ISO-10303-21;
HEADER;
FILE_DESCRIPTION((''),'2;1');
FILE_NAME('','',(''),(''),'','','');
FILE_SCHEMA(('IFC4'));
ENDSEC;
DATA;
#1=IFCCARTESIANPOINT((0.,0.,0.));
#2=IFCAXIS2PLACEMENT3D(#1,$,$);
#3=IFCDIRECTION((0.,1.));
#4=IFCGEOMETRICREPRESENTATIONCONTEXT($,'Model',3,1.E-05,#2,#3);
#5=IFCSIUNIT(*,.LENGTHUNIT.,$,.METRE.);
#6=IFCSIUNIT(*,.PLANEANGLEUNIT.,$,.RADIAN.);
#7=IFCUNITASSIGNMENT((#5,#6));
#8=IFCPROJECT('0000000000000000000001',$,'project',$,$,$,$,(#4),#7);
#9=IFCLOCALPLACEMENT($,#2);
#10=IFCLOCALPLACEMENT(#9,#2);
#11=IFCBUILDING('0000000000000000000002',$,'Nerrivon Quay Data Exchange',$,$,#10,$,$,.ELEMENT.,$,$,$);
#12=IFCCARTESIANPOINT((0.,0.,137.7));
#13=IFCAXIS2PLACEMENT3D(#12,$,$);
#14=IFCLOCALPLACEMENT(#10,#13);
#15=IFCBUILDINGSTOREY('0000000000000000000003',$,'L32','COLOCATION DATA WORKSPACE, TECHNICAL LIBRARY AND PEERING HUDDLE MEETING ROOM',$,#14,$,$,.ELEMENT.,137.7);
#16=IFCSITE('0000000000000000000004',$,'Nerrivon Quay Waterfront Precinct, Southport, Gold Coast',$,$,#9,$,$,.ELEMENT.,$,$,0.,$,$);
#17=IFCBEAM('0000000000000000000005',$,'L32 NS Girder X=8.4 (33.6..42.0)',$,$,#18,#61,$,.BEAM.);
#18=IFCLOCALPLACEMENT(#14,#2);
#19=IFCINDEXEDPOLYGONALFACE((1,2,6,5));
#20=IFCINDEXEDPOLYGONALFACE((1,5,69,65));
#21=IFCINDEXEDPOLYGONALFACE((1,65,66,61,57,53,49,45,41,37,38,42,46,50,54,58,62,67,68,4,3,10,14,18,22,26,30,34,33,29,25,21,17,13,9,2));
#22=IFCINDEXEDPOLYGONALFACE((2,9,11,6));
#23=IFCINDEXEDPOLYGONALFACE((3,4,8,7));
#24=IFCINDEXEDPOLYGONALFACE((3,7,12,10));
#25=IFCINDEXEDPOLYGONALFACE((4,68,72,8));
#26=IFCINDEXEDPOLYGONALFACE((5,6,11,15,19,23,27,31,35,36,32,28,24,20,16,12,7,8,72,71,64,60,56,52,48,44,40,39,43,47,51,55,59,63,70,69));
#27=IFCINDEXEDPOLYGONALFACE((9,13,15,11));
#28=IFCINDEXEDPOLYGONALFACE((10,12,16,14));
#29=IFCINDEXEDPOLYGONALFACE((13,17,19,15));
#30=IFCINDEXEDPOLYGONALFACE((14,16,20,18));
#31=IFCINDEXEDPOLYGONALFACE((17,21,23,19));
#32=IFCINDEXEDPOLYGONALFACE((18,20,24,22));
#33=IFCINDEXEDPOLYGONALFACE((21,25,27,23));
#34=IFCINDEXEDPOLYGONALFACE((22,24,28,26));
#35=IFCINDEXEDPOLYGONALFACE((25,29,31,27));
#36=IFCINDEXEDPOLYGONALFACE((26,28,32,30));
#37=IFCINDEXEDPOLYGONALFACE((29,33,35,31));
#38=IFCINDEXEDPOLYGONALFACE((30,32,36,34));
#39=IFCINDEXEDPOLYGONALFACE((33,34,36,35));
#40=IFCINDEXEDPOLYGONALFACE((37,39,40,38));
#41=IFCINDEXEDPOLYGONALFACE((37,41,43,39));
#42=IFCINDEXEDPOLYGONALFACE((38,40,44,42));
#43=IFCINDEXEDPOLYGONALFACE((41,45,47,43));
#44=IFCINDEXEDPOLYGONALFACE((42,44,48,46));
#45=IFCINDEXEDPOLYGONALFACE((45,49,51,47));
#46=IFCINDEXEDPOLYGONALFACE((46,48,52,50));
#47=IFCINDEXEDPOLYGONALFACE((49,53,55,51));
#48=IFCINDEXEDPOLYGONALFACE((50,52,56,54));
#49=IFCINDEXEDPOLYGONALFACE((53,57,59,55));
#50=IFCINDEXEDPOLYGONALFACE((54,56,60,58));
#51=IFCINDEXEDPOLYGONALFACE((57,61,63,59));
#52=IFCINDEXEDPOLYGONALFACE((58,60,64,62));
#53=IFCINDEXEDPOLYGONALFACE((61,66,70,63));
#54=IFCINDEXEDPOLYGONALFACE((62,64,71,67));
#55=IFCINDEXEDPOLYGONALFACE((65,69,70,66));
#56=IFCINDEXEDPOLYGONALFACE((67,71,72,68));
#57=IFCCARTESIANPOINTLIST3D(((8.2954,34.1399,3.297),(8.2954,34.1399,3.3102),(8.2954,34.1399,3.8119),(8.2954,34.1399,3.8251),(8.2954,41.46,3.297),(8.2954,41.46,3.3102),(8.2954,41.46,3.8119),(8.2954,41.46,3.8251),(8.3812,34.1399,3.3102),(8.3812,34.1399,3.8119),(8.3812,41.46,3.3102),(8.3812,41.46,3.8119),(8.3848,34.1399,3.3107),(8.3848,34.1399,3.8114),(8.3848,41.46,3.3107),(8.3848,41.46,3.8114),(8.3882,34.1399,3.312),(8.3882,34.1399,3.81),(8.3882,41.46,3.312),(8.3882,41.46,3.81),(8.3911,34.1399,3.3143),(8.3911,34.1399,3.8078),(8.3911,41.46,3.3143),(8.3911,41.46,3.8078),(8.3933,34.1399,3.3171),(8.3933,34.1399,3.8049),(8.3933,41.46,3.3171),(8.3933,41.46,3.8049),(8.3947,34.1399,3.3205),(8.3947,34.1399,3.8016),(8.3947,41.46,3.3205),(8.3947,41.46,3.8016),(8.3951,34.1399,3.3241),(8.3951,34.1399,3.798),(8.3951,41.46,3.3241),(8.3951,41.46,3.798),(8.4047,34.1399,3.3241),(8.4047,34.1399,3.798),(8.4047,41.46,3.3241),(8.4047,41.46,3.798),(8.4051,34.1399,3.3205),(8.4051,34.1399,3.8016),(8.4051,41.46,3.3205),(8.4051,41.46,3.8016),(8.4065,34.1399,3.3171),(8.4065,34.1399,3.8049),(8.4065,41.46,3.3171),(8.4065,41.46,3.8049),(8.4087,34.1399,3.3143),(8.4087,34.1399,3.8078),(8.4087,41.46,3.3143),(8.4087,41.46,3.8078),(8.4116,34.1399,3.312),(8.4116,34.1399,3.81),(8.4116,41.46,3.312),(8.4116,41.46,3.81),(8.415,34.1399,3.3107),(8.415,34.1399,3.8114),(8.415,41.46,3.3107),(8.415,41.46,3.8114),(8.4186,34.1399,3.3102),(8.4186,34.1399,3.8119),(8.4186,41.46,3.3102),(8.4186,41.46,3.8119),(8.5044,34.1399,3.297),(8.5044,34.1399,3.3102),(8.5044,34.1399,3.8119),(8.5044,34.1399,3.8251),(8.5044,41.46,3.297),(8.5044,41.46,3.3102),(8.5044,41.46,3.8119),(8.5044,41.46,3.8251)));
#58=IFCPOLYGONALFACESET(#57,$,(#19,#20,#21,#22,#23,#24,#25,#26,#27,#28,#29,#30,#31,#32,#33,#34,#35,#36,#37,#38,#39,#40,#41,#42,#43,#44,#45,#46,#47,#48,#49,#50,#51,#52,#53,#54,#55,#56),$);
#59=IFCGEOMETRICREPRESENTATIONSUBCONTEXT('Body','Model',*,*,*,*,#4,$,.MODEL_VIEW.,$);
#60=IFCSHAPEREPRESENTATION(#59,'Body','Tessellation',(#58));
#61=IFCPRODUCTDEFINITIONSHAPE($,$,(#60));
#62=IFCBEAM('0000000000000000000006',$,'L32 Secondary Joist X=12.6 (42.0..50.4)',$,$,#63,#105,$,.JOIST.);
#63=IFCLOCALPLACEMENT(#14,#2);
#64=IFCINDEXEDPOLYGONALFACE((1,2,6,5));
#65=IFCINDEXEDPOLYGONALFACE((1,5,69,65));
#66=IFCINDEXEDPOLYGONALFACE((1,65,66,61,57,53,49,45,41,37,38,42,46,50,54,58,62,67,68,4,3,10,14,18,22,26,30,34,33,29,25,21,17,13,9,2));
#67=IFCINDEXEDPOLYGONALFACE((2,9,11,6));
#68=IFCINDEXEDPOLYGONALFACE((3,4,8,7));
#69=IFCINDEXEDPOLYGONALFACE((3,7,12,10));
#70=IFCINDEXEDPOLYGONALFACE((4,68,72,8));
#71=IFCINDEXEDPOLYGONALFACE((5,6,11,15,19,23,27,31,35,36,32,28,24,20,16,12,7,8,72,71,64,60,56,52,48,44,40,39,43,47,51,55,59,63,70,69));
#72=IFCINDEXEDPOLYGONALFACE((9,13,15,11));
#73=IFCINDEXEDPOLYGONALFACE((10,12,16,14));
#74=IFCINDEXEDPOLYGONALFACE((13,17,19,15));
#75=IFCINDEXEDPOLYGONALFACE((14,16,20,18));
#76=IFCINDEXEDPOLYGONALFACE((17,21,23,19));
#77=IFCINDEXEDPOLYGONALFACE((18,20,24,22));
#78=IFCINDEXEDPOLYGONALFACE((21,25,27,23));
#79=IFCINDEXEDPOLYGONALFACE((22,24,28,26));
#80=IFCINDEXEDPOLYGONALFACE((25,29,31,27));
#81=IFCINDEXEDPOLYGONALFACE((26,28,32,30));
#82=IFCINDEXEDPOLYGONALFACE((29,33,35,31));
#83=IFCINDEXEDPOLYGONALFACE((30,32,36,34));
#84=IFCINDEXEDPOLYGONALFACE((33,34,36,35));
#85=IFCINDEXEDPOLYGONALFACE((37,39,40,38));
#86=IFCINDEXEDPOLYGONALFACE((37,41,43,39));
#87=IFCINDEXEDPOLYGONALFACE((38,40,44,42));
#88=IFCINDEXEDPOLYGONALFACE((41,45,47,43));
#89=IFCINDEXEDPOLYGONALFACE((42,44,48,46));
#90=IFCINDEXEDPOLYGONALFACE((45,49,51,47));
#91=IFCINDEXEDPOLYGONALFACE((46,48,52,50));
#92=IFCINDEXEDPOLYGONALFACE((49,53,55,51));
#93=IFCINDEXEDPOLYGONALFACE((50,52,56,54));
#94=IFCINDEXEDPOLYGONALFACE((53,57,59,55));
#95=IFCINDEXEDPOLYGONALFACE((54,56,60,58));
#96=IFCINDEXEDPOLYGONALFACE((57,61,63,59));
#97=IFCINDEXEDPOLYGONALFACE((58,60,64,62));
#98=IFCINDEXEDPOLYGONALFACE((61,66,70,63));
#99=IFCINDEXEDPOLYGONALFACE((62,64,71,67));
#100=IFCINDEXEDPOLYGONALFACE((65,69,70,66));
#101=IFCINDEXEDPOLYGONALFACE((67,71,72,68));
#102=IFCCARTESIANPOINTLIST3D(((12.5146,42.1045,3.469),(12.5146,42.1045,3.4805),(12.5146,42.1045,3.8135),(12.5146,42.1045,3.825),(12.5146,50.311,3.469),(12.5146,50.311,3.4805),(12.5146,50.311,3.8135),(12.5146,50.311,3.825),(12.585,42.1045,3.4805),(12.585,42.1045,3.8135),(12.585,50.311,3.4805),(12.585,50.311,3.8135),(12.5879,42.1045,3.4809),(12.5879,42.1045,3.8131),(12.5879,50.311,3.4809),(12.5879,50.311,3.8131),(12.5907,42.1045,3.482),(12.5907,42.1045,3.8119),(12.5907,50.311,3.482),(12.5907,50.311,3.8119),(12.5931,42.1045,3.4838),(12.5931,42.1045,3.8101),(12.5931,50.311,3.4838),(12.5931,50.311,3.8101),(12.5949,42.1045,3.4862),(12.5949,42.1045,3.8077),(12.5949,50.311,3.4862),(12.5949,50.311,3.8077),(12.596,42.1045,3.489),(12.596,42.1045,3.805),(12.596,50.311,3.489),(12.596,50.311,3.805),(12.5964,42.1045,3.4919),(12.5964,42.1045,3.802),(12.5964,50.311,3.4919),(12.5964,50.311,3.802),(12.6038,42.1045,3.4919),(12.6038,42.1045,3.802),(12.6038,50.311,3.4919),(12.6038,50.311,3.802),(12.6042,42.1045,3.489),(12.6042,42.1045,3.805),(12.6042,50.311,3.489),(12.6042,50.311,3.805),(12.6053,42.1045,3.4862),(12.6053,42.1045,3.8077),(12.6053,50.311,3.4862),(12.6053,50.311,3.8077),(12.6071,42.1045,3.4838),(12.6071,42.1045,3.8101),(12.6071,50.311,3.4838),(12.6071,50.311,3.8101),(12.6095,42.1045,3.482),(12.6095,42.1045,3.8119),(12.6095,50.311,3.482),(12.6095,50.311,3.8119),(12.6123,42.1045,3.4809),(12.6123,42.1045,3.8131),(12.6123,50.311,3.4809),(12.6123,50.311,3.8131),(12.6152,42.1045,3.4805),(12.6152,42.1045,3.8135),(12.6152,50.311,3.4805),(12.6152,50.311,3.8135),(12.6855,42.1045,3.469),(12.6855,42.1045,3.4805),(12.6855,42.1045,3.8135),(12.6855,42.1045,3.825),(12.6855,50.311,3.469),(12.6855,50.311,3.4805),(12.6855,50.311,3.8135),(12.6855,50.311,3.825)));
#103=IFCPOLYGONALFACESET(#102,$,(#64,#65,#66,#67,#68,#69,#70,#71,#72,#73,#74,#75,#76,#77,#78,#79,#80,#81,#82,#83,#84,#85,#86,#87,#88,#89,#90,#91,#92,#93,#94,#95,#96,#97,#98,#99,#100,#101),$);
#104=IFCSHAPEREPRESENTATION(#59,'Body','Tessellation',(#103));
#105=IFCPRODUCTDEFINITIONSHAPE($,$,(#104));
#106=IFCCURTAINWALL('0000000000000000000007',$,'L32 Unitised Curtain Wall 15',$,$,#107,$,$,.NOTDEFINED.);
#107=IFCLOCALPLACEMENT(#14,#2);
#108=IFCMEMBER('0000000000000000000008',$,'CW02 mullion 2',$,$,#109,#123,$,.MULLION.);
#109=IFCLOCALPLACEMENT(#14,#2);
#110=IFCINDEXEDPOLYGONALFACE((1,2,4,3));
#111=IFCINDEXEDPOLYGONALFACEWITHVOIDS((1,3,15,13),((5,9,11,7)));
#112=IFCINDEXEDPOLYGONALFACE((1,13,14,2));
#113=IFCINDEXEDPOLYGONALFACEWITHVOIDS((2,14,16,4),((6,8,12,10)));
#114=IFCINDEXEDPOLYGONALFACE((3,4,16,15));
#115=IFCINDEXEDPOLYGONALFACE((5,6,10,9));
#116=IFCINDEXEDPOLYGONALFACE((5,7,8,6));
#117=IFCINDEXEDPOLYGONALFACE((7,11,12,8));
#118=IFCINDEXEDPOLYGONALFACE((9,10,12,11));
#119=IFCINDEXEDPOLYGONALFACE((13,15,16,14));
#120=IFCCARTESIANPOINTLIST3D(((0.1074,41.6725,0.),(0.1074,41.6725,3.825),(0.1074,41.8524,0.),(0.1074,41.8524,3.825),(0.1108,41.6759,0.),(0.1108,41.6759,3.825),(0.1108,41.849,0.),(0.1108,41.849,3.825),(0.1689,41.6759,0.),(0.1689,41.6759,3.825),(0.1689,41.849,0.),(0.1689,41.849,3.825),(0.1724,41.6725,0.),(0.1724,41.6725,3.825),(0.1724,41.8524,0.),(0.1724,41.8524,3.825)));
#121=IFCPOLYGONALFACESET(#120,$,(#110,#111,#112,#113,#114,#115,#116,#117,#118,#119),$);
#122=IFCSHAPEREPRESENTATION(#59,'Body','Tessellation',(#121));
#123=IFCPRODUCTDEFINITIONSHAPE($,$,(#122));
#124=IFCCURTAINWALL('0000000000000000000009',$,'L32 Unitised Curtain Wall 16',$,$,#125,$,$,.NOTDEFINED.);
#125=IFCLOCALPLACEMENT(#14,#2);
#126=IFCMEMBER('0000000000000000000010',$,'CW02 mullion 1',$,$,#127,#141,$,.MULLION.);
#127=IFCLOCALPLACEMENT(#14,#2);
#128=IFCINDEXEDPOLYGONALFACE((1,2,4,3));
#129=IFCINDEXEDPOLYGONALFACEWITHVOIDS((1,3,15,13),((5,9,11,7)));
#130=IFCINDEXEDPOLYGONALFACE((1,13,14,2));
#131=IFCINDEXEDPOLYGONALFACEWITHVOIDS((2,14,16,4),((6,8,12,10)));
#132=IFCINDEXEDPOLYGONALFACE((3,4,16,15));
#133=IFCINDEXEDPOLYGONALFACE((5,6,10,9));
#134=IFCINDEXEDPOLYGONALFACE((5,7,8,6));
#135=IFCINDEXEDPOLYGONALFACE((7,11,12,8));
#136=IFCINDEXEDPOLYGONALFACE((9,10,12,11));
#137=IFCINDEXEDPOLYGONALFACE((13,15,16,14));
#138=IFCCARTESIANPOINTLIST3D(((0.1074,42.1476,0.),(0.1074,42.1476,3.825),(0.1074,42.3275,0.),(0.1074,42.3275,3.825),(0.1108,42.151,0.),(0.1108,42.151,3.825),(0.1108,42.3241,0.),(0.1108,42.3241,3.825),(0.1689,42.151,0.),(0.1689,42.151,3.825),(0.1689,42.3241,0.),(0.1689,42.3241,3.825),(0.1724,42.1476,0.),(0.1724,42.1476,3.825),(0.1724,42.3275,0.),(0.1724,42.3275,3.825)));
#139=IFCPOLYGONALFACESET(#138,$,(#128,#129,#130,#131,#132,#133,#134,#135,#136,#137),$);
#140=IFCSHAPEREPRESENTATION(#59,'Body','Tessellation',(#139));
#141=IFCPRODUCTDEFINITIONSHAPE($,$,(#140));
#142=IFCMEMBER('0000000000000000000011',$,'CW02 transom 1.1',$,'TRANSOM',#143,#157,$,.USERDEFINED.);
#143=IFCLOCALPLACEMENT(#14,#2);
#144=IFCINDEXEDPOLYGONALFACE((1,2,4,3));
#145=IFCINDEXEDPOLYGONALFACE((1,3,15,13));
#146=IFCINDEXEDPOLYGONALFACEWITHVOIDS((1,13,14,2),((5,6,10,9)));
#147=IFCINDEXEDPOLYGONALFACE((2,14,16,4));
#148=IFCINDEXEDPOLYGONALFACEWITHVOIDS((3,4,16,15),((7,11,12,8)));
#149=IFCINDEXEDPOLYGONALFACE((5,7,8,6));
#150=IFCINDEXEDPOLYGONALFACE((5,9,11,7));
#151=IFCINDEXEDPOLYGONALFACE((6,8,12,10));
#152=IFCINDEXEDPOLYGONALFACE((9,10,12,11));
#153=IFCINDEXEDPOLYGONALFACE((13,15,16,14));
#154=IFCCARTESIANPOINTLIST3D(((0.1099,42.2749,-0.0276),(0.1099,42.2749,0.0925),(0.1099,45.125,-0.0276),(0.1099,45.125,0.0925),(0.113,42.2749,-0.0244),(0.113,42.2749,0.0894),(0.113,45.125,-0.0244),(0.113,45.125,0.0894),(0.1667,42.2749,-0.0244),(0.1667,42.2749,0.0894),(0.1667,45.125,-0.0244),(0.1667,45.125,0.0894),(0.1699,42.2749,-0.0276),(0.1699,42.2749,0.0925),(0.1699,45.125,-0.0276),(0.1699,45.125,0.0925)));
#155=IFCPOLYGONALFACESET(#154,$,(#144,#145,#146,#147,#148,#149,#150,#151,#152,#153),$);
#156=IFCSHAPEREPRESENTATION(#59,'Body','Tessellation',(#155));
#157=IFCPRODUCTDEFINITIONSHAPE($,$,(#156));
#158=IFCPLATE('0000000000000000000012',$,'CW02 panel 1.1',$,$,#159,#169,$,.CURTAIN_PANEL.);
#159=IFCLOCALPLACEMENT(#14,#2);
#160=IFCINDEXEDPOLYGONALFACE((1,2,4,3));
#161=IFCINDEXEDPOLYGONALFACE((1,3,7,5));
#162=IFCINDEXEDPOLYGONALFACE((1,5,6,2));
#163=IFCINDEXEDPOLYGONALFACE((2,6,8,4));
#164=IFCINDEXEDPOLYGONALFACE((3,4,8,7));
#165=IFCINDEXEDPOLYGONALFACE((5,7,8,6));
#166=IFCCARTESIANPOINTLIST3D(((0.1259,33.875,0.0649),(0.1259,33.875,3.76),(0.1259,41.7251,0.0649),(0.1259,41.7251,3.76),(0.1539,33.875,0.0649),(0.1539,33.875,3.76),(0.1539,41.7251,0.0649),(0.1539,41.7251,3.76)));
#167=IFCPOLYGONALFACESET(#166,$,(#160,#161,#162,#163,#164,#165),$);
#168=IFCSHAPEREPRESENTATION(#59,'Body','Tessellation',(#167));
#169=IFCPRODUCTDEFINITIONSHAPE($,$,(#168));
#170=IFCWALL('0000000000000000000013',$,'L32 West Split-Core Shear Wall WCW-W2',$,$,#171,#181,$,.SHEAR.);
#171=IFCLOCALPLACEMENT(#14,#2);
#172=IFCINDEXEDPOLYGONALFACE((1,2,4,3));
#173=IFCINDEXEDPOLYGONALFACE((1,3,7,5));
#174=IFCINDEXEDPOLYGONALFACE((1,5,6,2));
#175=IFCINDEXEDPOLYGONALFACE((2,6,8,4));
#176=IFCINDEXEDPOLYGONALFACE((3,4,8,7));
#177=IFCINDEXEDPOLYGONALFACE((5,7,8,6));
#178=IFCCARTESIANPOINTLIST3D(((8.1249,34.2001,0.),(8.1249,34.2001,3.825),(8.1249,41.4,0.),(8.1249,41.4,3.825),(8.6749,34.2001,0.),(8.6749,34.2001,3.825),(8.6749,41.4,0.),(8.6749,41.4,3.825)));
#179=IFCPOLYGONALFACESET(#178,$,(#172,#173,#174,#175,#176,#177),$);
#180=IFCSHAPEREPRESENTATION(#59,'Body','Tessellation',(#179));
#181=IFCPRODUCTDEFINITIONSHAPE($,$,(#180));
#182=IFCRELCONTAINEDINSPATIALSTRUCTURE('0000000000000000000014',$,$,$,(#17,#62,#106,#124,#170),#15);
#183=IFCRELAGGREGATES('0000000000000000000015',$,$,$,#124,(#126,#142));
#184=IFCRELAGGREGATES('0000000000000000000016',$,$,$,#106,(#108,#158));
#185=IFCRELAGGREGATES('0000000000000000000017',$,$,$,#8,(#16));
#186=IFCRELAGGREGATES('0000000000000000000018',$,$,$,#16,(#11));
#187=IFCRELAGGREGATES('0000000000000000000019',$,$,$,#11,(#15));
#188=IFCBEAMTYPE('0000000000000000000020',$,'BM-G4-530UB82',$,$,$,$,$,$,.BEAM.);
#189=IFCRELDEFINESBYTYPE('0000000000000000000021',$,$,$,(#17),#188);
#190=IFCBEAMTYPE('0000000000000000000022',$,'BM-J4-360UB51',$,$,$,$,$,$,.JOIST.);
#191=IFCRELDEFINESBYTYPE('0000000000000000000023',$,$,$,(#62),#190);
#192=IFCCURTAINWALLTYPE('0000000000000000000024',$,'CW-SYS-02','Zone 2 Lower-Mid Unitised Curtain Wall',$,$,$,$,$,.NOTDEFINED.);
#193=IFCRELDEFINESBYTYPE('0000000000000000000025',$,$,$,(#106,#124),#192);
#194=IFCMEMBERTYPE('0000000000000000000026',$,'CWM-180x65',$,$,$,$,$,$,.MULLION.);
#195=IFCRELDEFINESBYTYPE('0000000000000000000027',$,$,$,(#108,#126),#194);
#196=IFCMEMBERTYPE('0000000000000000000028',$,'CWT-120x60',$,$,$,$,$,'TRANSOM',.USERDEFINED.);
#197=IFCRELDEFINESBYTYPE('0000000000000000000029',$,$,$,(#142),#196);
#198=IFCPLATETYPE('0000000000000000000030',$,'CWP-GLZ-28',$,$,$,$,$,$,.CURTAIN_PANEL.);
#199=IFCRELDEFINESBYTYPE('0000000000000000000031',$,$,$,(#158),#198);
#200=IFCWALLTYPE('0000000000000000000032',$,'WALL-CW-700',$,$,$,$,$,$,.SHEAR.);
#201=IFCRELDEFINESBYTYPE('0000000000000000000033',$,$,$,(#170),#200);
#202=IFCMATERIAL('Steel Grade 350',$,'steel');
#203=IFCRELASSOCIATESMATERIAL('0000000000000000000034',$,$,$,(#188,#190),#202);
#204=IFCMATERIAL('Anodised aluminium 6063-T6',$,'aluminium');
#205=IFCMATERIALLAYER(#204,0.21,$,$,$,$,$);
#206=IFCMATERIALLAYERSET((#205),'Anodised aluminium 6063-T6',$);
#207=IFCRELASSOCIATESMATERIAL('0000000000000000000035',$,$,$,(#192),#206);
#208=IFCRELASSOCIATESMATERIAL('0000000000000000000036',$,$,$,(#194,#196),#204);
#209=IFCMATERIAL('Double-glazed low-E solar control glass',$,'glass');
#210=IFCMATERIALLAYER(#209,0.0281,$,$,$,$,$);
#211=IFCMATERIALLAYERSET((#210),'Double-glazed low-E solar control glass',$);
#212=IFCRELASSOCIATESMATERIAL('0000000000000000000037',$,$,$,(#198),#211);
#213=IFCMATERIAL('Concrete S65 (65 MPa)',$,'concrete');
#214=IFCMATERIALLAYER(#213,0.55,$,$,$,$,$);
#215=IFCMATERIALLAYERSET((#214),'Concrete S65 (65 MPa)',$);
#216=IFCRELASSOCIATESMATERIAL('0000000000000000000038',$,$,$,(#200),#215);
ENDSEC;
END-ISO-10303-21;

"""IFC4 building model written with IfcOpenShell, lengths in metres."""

from ifc_helpers import new_model, si_unit, direction, frame, frame_2d, origin, origin_2d, place, context, subcontext, project, spatial, rectangle, hollow_rectangle, i_section, extrude, material, layer, layer_set, material_profile, profile_set, type_object, element, aggregate, save


model = new_model("IFC4")

# Units and contexts
model_context = context("Model", 3, precision=1e-05, world=origin(), true_north=direction((0.0, 1.0)))
body_context = subcontext(model_context, "Body", "Model", "MODEL_VIEW")
ifc_project = project(units=[si_unit("LENGTHUNIT", "METRE"), si_unit("PLANEANGLEUNIT", "RADIAN")], contexts=[model_context])

# Site, building, storey
site_placement = place(None, origin())
site = spatial("IfcSite", under=ifc_project, at=site_placement, Name="Nerrivon Quay Waterfront Precinct, Southport, Gold Coast", CompositionType="ELEMENT", RefElevation=0.0)
building_placement = place(site_placement, origin())
building = spatial("IfcBuilding", under=site, at=building_placement, Name="Nerrivon Quay Data Exchange", CompositionType="ELEMENT")
storey_placement = place(building_placement, frame((0.0, 0.0, 137.7)))
storey = spatial("IfcBuildingStorey", under=building, at=storey_placement, Name="L32", Description="COLOCATION DATA WORKSPACE, TECHNICAL LIBRARY AND PEERING HUDDLE MEETING ROOM", CompositionType="ELEMENT", Elevation=137.7)

# Shared definitions
ifc_material_1 = material(Name="Concrete S65 (65 MPa)", Category="concrete")
ifc_material_2 = material(Name="Steel Grade 350", Category="steel")

# Beams
ifc_material_profile_1 = material_profile(ifc_material_2, i_section(OverallWidth=0.209, OverallDepth=0.5281, WebThickness=0.0095, FlangeThickness=0.0132, FilletRadius=0.0139, at=origin_2d()), Name="530UB82.0")
ifc_profile_set_1 = profile_set([ifc_material_profile_1], Name="Steel Grade 350")
beam_type_1 = type_object("IfcBeamType", Name="BM-G4-530UB82", PredefinedType="BEAM", material=ifc_profile_set_1)
beam_1_placement = place(storey_placement, frame((8.3999, 34.1399, 3.561), z_axis=(0.0, 1.0, 0.0), x_axis=(-1.0, 0.0, 0.0)))
element("IfcBeam", 1, at=beam_1_placement, inside=storey, type_object=beam_type_1, Name="L32 NS Girder X=8.4 (33.6..42.0)", PredefinedType="BEAM", context=body_context, shape_type="SweptSolid", body=[
    extrude(i_section(OverallWidth=0.209, OverallDepth=0.5281, WebThickness=0.0095, FlangeThickness=0.0132, FilletRadius=0.0139, at=origin_2d()), origin(), (0.0, 0.0, 1.0), 7.3201),
])
ifc_material_profile_2 = material_profile(ifc_material_2, i_section(OverallWidth=0.1709, OverallDepth=0.356, WebThickness=0.0073, FlangeThickness=0.0115, FilletRadius=0.0115, at=origin_2d()), Name="360UB50.7")
ifc_profile_set_2 = profile_set([ifc_material_profile_2], Name="Steel Grade 350")
beam_type_2 = type_object("IfcBeamType", Name="BM-J4-360UB51", PredefinedType="JOIST", material=ifc_profile_set_2)
beam_2_placement = place(storey_placement, frame((12.6001, 42.1045, 3.647), z_axis=(0.0, 1.0, 0.0), x_axis=(-1.0, 0.0, 0.0)))
element("IfcBeam", 2, at=beam_2_placement, inside=storey, type_object=beam_type_2, Name="L32 Secondary Joist X=12.6 (42.0..50.4)", PredefinedType="JOIST", context=body_context, shape_type="SweptSolid", body=[
    extrude(i_section(OverallWidth=0.1709, OverallDepth=0.356, WebThickness=0.0073, FlangeThickness=0.0115, FilletRadius=0.0115, at=origin_2d()), origin(), (0.0, 0.0, 1.0), 8.2065),
])

# Curtain wall, member
ifc_material_3 = material(Name="Anodised aluminium 6063-T6", Category="aluminium")
ifc_layer_1 = layer(ifc_material_3, 0.21)
ifc_layer_set_1 = layer_set([ifc_layer_1], Name="Anodised aluminium 6063-T6")
curtain_wall_type = type_object("IfcCurtainWallType", Name="CW-SYS-02", Description="Zone 2 Lower-Mid Unitised Curtain Wall", PredefinedType="NOTDEFINED", material=ifc_layer_set_1)
curtain_wall_1_placement = place(storey_placement, origin())
curtain_wall_1 = element("IfcCurtainWall", 3, at=curtain_wall_1_placement, inside=storey, type_object=curtain_wall_type, Name="L32 Unitised Curtain Wall 15", PredefinedType="NOTDEFINED")
ifc_material_profile_3 = material_profile(ifc_material_3, hollow_rectangle(XDim=0.0649, YDim=0.1799, WallThickness=0.0034, at=origin_2d()), Name="ALU-MULL-180x65")
ifc_profile_set_3 = profile_set([ifc_material_profile_3], Name="Anodised aluminium 6063-T6")
member_type_1 = type_object("IfcMemberType", Name="CWM-180x65", PredefinedType="MULLION", material=ifc_profile_set_3)
member_1_placement = place(storey_placement, frame((0.1399, 41.7625, 0.0), z_axis=(0.0, 0.0, 1.0), x_axis=(-1.0, 0.0, 0.0)))
member_1 = element("IfcMember", 4, at=member_1_placement, type_object=member_type_1, Name="CW02 mullion 2", PredefinedType="MULLION", context=body_context, shape_type="SweptSolid", body=[
    extrude(hollow_rectangle(XDim=0.0649, YDim=0.1799, WallThickness=0.0034, at=origin_2d()), origin(), (0.0, 0.0, 1.0), 3.825),
])

# Curtain wall, members
curtain_wall_2_placement = place(storey_placement, origin())
curtain_wall_2 = element("IfcCurtainWall", 5, at=curtain_wall_2_placement, inside=storey, type_object=curtain_wall_type, Name="L32 Unitised Curtain Wall 16", PredefinedType="NOTDEFINED")
member_2_placement = place(storey_placement, frame((0.1399, 42.2375, 0.0), z_axis=(0.0, 0.0, 1.0), x_axis=(-1.0, 0.0, 0.0)))
member_2 = element("IfcMember", 6, at=member_2_placement, type_object=member_type_1, Name="CW02 mullion 1", PredefinedType="MULLION", context=body_context, shape_type="SweptSolid", body=[
    extrude(hollow_rectangle(XDim=0.0649, YDim=0.1799, WallThickness=0.0034, at=origin_2d()), origin(), (0.0, 0.0, 1.0), 3.825),
])
ifc_material_profile_4 = material_profile(ifc_material_3, hollow_rectangle(XDim=0.0601, YDim=0.1201, WallThickness=0.0032, at=origin_2d()), Name="ALU-TRAN-120x60")
ifc_profile_set_4 = profile_set([ifc_material_profile_4], Name="Anodised aluminium 6063-T6")
member_type_2 = type_object("IfcMemberType", Name="CWT-120x60", ElementType="TRANSOM", PredefinedType="USERDEFINED", material=ifc_profile_set_4)
member_3_placement = place(storey_placement, frame((0.1399, 42.2749, 0.0325), z_axis=(0.0, 1.0, 0.0), x_axis=(-1.0, 0.0, 0.0)))
member_3 = element("IfcMember", 7, at=member_3_placement, type_object=member_type_2, Name="CW02 transom 1.1", ObjectType="TRANSOM", PredefinedType="USERDEFINED", context=body_context, shape_type="SweptSolid", body=[
    extrude(hollow_rectangle(XDim=0.0601, YDim=0.1201, WallThickness=0.0032, at=origin_2d()), origin(), (0.0, 0.0, 1.0), 2.8501),
])
aggregate(curtain_wall_2, [member_2, member_3])

# Plate
ifc_material_4 = material(Name="Double-glazed low-E solar control glass", Category="glass")
ifc_layer_2 = layer(ifc_material_4, 0.0281)
ifc_layer_set_2 = layer_set([ifc_layer_2], Name="Double-glazed low-E solar control glass")
plate_type = type_object("IfcPlateType", Name="CWP-GLZ-28", PredefinedType="CURTAIN_PANEL", material=ifc_layer_set_2)
plate_placement = place(storey_placement, frame((0.1399, 37.8, 0.0649), z_axis=(0.0, 0.0, 1.0), x_axis=(0.0, 1.0, 0.0)))
plate = element("IfcPlate", 8, at=plate_placement, type_object=plate_type, Name="CW02 panel 1.1", PredefinedType="CURTAIN_PANEL", context=body_context, shape_type="SweptSolid", body=[
    extrude(rectangle(XDim=7.8501, YDim=0.0281, at=origin_2d()), origin(), (0.0, 0.0, 1.0), 3.6951),
])
aggregate(curtain_wall_1, [member_1, plate])

# Wall
ifc_layer_3 = layer(ifc_material_1, 0.55)
ifc_layer_set_3 = layer_set([ifc_layer_3], Name="Concrete S65 (65 MPa)")
wall_type_1 = type_object("IfcWallType", Name="WALL-CW-700", PredefinedType="SHEAR", material=ifc_layer_set_3)
wall_1_placement = place(storey_placement, frame((8.3999, 34.2, 0.0), z_axis=(0.0, 0.0, 1.0), x_axis=(0.0, 1.0, 0.0)))
element("IfcWall", 9, at=wall_1_placement, inside=storey, type_object=wall_type_1, Name="L32 West Split-Core Shear Wall WCW-W2", PredefinedType="SHEAR", context=body_context, shape_type="SweptSolid", body=[
    extrude(rectangle(XDim=7.2, YDim=0.55, at=frame_2d((3.6001, 0.0))), origin(), (0.0, 0.0, 1.0), 3.825),
])

save(model, "model.ifc")
